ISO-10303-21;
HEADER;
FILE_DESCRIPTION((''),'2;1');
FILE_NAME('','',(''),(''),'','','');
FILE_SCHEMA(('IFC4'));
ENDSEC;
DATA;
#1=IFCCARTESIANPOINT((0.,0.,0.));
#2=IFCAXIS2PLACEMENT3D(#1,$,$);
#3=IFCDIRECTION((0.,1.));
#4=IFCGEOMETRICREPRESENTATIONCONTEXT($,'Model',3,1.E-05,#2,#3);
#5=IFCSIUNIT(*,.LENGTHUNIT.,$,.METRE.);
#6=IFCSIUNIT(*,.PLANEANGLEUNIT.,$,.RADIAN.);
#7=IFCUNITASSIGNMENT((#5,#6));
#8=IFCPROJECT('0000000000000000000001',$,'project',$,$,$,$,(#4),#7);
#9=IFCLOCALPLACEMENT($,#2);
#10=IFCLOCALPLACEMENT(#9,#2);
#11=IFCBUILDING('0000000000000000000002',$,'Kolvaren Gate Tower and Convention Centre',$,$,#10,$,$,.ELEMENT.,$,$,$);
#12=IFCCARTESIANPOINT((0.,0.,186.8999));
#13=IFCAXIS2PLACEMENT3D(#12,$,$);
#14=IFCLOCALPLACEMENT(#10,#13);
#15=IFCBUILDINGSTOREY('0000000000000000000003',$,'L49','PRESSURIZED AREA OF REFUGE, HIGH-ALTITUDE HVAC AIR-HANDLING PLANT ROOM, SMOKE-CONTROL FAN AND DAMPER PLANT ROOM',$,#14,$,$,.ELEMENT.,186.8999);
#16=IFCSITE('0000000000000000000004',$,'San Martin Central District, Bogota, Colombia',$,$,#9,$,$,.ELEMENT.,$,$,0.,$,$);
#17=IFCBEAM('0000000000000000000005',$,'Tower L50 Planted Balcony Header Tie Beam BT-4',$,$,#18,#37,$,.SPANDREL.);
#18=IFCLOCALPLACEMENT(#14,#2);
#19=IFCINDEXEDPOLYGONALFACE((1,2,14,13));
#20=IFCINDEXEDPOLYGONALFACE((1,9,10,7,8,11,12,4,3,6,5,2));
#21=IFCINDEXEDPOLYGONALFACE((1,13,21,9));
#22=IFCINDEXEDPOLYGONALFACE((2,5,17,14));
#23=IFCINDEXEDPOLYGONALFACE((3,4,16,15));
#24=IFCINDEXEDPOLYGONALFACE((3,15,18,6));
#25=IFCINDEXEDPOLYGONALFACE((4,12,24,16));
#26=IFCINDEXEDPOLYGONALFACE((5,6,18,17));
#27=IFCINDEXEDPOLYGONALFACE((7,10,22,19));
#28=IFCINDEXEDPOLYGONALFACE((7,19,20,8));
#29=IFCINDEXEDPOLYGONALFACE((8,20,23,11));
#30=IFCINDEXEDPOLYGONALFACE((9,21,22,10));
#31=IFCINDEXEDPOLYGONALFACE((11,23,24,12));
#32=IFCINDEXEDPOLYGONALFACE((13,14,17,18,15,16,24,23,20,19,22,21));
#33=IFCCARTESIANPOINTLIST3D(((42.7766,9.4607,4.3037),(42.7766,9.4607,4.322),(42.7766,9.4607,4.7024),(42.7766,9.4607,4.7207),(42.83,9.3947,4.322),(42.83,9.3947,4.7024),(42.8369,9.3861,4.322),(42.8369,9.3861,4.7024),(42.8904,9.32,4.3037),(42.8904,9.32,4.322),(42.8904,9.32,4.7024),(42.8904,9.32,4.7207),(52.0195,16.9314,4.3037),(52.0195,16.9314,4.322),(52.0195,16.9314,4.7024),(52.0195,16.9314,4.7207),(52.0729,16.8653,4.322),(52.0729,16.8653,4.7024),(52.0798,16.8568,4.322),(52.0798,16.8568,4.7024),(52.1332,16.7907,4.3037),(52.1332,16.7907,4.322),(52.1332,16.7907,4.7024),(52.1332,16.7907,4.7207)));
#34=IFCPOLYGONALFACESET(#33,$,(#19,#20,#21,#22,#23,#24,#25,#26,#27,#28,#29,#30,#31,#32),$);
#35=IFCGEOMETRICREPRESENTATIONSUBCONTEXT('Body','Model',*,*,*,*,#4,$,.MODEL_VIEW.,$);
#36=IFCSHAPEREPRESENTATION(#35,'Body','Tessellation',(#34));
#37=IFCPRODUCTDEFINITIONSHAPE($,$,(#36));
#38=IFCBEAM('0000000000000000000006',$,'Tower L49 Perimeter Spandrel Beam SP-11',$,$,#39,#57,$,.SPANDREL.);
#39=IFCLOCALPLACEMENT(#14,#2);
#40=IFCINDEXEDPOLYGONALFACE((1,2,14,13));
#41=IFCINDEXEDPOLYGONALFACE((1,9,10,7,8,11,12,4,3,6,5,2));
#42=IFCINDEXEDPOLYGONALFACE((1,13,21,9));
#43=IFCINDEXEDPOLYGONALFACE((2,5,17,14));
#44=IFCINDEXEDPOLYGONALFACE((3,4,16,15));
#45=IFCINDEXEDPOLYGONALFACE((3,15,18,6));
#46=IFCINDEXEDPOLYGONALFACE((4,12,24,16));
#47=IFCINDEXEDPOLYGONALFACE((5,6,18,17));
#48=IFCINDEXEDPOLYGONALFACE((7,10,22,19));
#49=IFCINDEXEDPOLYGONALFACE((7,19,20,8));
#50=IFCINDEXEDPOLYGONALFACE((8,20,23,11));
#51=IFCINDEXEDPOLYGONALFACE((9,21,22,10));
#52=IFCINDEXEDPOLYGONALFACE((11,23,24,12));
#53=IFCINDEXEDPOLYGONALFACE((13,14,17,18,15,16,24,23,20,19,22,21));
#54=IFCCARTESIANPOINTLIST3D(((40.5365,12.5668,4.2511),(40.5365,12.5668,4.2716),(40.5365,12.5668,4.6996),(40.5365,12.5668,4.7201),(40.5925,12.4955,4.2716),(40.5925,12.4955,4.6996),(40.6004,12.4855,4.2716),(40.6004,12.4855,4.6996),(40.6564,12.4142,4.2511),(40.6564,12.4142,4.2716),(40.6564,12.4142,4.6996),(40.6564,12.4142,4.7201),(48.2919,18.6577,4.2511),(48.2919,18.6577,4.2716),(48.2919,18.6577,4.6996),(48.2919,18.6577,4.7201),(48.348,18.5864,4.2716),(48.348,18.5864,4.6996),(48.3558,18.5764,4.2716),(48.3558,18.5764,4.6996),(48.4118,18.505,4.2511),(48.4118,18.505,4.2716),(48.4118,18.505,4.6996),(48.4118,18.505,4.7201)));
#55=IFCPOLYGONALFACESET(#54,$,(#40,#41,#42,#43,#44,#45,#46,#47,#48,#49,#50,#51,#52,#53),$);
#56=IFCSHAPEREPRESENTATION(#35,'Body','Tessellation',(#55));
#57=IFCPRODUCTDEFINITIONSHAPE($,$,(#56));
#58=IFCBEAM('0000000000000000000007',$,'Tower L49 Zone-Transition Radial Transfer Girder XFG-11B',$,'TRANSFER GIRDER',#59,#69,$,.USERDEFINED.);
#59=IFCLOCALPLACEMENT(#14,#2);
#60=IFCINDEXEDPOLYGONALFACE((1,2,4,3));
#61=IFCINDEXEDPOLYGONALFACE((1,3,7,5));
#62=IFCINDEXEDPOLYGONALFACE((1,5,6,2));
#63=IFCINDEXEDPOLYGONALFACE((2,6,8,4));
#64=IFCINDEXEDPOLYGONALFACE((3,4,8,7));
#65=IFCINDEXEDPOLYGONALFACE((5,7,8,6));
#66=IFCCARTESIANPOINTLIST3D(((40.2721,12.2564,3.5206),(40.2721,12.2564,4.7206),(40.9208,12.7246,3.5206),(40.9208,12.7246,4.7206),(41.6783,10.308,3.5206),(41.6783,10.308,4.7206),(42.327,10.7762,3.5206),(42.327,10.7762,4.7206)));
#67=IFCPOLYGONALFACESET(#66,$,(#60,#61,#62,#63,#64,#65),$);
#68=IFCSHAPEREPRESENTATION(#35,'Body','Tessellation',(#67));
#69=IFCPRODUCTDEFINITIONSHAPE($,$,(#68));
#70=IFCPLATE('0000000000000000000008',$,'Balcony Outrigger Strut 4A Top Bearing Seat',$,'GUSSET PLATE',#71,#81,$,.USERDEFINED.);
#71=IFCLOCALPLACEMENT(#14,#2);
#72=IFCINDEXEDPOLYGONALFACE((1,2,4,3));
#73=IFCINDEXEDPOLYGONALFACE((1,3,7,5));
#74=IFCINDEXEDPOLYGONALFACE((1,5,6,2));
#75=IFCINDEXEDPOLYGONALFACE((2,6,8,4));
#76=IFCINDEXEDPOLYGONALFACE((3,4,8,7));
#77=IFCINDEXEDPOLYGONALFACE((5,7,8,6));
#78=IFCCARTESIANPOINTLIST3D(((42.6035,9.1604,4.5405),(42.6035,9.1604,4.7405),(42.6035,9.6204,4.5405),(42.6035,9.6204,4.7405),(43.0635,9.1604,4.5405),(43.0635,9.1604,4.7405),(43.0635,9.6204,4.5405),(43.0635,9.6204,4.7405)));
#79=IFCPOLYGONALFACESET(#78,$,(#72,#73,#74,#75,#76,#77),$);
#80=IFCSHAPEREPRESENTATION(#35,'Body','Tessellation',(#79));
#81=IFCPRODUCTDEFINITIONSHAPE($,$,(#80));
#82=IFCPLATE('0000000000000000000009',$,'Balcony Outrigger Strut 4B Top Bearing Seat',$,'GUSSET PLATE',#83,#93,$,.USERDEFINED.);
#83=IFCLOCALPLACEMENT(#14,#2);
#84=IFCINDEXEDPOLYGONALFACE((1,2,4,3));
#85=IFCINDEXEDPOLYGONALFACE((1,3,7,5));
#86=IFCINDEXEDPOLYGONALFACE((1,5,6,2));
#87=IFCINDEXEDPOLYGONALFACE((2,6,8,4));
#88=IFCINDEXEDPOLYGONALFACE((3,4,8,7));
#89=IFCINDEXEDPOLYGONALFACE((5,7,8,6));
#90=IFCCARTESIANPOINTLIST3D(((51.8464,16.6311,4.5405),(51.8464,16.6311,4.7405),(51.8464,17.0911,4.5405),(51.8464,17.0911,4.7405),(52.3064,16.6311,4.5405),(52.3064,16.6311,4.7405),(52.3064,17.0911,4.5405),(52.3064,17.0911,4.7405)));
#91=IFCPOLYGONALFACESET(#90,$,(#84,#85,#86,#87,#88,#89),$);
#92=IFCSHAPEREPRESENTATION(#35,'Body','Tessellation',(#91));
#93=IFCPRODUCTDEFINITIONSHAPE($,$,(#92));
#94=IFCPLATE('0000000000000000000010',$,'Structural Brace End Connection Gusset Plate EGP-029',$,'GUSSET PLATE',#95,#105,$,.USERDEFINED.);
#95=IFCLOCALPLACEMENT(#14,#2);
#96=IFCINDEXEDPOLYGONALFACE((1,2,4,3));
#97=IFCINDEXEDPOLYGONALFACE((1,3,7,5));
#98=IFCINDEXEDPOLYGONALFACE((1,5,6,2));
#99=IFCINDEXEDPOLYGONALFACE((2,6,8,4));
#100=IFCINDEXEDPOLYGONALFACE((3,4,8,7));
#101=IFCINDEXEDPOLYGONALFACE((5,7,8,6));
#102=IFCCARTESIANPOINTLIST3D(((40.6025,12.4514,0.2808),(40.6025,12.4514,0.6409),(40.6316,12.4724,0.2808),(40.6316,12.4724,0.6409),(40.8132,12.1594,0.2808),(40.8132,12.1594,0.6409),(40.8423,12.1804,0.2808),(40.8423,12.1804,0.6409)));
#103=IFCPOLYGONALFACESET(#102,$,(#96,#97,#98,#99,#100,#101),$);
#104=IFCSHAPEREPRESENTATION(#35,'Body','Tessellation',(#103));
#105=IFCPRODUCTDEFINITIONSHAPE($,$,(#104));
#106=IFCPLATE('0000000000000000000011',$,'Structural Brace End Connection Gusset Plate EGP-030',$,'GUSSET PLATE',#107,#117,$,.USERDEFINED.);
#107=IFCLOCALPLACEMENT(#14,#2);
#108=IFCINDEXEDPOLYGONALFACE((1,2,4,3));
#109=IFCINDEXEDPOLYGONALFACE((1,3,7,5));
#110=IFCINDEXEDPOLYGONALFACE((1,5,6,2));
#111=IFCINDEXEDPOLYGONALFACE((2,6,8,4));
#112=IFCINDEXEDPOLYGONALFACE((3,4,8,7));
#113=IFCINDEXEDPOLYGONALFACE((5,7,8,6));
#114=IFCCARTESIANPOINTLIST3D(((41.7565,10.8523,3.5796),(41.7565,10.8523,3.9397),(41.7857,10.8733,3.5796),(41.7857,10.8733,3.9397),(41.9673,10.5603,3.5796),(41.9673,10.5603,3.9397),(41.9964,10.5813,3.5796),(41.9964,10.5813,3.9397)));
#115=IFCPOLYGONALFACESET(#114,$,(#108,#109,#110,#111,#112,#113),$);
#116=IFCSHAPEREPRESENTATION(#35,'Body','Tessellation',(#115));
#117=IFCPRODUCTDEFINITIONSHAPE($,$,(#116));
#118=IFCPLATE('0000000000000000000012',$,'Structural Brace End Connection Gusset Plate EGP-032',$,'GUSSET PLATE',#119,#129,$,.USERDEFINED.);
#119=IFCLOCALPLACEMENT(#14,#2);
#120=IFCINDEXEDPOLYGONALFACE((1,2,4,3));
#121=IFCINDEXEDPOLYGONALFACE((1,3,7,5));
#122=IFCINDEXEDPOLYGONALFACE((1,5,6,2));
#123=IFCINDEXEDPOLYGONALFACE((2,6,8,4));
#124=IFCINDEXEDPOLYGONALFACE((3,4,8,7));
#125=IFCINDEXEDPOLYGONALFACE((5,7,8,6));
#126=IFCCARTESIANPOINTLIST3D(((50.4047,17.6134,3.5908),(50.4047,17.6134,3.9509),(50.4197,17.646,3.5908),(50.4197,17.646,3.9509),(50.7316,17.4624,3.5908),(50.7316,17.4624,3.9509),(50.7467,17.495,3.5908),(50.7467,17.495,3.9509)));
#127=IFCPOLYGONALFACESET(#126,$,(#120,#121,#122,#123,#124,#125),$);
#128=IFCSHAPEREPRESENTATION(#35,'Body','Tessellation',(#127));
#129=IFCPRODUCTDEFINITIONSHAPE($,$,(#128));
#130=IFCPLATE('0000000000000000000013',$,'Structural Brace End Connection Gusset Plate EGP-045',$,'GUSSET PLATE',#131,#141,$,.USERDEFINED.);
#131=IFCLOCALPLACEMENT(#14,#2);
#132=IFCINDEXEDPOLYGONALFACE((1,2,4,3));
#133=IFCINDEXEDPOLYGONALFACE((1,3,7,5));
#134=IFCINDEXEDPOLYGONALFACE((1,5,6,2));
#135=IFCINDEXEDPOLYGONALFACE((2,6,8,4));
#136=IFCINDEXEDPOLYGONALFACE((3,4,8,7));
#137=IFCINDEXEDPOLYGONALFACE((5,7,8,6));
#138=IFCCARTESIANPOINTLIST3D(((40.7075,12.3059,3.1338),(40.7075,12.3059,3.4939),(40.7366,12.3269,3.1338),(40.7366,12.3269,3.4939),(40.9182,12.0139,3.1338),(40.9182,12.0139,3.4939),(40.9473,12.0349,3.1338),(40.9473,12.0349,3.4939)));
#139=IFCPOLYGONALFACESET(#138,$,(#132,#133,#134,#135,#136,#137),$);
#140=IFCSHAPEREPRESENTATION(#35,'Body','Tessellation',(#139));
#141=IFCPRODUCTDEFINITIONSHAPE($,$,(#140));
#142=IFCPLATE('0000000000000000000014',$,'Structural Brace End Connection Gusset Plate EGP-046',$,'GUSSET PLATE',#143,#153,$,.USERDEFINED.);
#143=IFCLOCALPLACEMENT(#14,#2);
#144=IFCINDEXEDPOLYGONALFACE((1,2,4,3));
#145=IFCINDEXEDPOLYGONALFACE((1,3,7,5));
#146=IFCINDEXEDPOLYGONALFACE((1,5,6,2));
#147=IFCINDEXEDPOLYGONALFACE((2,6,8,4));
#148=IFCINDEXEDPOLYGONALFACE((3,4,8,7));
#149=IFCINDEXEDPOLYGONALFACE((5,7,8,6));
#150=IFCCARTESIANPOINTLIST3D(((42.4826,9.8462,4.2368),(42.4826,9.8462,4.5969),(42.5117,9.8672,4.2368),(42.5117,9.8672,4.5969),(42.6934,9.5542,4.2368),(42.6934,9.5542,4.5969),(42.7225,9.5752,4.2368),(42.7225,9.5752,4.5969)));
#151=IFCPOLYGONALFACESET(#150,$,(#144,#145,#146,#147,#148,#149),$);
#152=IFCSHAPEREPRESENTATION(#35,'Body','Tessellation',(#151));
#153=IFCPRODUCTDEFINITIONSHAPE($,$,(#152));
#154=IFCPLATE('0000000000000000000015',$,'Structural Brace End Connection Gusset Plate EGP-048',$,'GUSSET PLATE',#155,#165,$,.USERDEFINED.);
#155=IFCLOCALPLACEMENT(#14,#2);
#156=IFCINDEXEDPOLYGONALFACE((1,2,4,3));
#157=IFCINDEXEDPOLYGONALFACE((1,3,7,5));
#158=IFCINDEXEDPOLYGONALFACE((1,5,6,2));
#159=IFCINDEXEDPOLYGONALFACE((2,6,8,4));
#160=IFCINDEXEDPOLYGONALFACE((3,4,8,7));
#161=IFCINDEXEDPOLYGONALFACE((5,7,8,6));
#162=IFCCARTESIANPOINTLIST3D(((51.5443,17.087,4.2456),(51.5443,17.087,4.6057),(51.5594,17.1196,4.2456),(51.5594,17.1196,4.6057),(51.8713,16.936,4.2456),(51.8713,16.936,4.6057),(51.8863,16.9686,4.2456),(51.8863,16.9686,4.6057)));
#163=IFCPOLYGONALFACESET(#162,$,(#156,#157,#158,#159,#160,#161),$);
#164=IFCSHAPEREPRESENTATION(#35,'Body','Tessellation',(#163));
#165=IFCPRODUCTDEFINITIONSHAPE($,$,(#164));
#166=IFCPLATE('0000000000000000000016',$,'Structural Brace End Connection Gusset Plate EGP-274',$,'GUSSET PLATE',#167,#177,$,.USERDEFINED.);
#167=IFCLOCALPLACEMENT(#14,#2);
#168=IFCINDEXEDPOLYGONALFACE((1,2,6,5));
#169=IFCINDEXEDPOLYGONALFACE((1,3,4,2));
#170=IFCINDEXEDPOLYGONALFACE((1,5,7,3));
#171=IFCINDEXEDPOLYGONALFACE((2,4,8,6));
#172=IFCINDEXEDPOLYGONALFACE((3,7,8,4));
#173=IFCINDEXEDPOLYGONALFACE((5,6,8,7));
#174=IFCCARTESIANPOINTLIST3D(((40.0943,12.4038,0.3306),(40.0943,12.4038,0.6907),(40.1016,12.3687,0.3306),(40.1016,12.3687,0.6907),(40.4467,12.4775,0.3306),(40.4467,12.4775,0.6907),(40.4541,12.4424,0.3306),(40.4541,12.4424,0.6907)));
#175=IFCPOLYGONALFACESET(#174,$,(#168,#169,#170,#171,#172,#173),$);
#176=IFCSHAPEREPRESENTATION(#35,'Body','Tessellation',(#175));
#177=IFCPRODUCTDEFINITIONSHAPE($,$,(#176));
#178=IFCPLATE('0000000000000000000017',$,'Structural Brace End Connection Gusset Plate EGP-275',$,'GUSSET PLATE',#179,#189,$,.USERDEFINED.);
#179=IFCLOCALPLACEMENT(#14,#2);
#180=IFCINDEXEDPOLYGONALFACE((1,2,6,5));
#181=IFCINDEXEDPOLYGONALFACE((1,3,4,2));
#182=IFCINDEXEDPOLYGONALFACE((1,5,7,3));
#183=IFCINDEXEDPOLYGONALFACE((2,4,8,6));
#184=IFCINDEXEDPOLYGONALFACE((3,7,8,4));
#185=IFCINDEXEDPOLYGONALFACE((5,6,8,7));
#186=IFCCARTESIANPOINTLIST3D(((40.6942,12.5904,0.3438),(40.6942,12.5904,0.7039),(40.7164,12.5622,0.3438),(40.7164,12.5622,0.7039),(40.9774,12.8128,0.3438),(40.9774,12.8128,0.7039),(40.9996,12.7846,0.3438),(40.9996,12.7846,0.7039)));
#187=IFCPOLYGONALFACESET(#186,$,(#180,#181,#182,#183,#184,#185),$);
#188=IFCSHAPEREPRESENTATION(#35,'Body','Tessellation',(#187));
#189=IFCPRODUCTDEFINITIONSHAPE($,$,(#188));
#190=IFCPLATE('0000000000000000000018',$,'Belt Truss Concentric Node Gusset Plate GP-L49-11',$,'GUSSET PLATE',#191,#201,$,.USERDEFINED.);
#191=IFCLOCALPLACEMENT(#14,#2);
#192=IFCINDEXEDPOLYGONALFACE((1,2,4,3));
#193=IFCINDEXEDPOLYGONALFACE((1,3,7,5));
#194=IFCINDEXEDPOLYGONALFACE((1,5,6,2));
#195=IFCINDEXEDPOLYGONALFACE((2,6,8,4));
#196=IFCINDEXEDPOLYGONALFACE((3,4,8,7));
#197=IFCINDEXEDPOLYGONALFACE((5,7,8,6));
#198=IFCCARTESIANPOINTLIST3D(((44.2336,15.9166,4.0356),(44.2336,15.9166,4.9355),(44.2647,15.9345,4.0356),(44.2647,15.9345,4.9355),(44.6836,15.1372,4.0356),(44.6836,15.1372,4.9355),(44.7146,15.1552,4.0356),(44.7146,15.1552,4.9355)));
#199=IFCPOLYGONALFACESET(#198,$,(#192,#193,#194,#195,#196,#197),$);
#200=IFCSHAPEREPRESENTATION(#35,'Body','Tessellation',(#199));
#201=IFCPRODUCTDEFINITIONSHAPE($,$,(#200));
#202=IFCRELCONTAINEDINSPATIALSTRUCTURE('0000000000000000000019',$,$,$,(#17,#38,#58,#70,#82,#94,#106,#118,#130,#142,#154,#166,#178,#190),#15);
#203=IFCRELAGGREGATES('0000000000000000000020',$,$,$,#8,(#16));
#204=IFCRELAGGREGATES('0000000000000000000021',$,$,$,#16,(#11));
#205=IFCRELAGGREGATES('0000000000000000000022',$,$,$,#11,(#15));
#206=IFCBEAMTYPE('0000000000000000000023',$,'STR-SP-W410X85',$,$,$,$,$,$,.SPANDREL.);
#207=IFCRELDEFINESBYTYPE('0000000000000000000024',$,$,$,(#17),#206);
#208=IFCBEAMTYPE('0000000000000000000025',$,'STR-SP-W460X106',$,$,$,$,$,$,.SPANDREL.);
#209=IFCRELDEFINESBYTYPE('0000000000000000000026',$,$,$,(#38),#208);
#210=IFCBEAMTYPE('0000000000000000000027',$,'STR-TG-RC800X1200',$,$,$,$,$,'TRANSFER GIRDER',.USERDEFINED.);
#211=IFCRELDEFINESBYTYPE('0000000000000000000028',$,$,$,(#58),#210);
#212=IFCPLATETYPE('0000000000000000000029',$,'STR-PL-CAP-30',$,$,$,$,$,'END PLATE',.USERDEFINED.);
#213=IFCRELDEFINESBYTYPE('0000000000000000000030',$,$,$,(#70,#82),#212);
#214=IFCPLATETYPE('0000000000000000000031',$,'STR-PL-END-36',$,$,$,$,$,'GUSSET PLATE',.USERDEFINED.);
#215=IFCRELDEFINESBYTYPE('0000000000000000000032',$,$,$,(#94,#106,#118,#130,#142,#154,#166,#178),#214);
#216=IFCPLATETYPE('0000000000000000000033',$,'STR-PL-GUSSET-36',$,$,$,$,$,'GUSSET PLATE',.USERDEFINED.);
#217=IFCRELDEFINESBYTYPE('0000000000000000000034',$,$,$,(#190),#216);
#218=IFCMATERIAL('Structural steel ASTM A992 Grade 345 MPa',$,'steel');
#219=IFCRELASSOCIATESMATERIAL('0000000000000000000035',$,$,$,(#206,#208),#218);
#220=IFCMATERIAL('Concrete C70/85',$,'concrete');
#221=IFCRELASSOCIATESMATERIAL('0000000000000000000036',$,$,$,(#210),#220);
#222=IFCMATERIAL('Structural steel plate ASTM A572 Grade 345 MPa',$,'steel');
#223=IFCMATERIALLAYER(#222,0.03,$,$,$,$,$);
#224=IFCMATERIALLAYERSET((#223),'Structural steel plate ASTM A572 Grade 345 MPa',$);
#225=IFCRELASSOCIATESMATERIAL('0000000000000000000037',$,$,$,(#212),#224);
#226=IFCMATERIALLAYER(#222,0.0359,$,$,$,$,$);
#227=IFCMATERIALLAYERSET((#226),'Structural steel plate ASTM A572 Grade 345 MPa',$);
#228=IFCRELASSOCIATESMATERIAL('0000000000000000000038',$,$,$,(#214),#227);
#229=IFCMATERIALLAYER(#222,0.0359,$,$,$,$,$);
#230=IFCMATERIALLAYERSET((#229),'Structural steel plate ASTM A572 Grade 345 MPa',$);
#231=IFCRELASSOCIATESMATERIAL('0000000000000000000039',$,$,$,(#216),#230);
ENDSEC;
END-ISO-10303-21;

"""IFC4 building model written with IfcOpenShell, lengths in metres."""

from ifc_helpers import new_model, si_unit, direction, frame, origin, origin_2d, place, context, subcontext, project, spatial, rectangle, i_section, extrude, material, layer, layer_set, material_profile, profile_set, type_object, element, save


model = new_model("IFC4")

# Units and contexts
model_context = context("Model", 3, precision=1e-05, world=origin(), true_north=direction((0.0, 1.0)))
body_context = subcontext(model_context, "Body", "Model", "MODEL_VIEW")
ifc_project = project(units=[si_unit("LENGTHUNIT", "METRE"), si_unit("PLANEANGLEUNIT", "RADIAN")], contexts=[model_context])

# Site, building, storey
site_placement = place(None, origin())
site = spatial("IfcSite", under=ifc_project, at=site_placement, Name="San Martin Central District, Bogota, Colombia", CompositionType="ELEMENT", RefElevation=0.0)
building_placement = place(site_placement, origin())
building = spatial("IfcBuilding", under=site, at=building_placement, Name="Kolvaren Gate Tower and Convention Centre", CompositionType="ELEMENT")
storey_placement = place(building_placement, frame((0.0, 0.0, 186.8999)))
storey = spatial("IfcBuildingStorey", under=building, at=storey_placement, Name="L49", Description="PRESSURIZED AREA OF REFUGE, HIGH-ALTITUDE HVAC AIR-HANDLING PLANT ROOM, SMOKE-CONTROL FAN AND DAMPER PLANT ROOM", CompositionType="ELEMENT", Elevation=186.8999)

# Shared definitions
ifc_material_1 = material(Name="Structural steel ASTM A992 Grade 345 MPa", Category="steel")

# Beams
ifc_material_profile_1 = material_profile(ifc_material_1, i_section(OverallWidth=0.1809, OverallDepth=0.417, WebThickness=0.011, FlangeThickness=0.0183, at=origin_2d()), Name="W410X85")
ifc_profile_set_1 = profile_set([ifc_material_profile_1], Name="Structural steel ASTM A992 Grade 345 MPa")
beam_type_1 = type_object("IfcBeamType", Name="STR-SP-W410X85", PredefinedType="SPANDREL", material=ifc_profile_set_1)
beam_1_placement = place(storey_placement, frame((42.8335, 9.3904, 4.5122), z_axis=(0.777724, 0.628605, 0.0), x_axis=(-0.628605, 0.777724, 0.0)))
element("IfcBeam", 1, at=beam_1_placement, inside=storey, type_object=beam_type_1, Name="Tower L50 Planted Balcony Header Tie Beam BT-4", PredefinedType="SPANDREL", context=body_context, shape_type="SweptSolid", body=[
    extrude(i_section(OverallWidth=0.1809, OverallDepth=0.417, WebThickness=0.011, FlangeThickness=0.0183, at=origin_2d()), origin(), (0.0, 0.0, 1.0), 11.8845),
])
ifc_material_profile_2 = material_profile(ifc_material_1, i_section(OverallWidth=0.1941, OverallDepth=0.469, WebThickness=0.0127, FlangeThickness=0.0205, at=origin_2d()), Name="W460X106")
ifc_profile_set_2 = profile_set([ifc_material_profile_2], Name="Structural steel ASTM A992 Grade 345 MPa")
beam_type_2 = type_object("IfcBeamType", Name="STR-SP-W460X106", PredefinedType="SPANDREL", material=ifc_profile_set_2)
beam_2_placement = place(storey_placement, frame((40.5964, 12.4905, 4.4856), z_axis=(0.786451, 0.617653, 0.0), x_axis=(-0.617653, 0.786451, 0.0)))
element("IfcBeam", 2, at=beam_2_placement, inside=storey, type_object=beam_type_2, Name="Tower L49 Perimeter Spandrel Beam SP-11", PredefinedType="SPANDREL", context=body_context, shape_type="SweptSolid", body=[
    extrude(i_section(OverallWidth=0.1941, OverallDepth=0.469, WebThickness=0.0127, FlangeThickness=0.0205, at=origin_2d()), origin(), (0.0, 0.0, 1.0), 9.8613),
])
ifc_material_2 = material(Name="Concrete C70/85", Category="concrete")
ifc_material_profile_3 = material_profile(ifc_material_2, rectangle(XDim=0.8, YDim=1.2, at=origin_2d()), Name="RC-BM-800X1200")
ifc_profile_set_3 = profile_set([ifc_material_profile_3], Name="Concrete C70/85")
beam_type_3 = type_object("IfcBeamType", Name="STR-TG-RC800X1200", ElementType="TRANSFER GIRDER", PredefinedType="USERDEFINED", material=ifc_profile_set_3)
beam_3_placement = place(storey_placement, frame((40.5964, 12.4905, 4.1206), z_axis=(0.58522, -0.810875, 0.0), x_axis=(0.810875, 0.58522, 0.0)))
element("IfcBeam", 3, at=beam_3_placement, inside=storey, type_object=beam_type_3, Name="Tower L49 Zone-Transition Radial Transfer Girder XFG-11B", ObjectType="TRANSFER GIRDER", PredefinedType="USERDEFINED", context=body_context, shape_type="SweptSolid", body=[
    extrude(rectangle(XDim=0.8, YDim=1.2, at=origin_2d()), origin(), (0.0, 0.0, 1.0), 2.4028),
])

# Plates
ifc_material_3 = material(Name="Structural steel plate ASTM A572 Grade 345 MPa", Category="steel")
ifc_layer_1 = layer(ifc_material_3, 0.03)
ifc_layer_set_1 = layer_set([ifc_layer_1], Name="Structural steel plate ASTM A572 Grade 345 MPa")
plate_type_1 = type_object("IfcPlateType", Name="STR-PL-CAP-30", ElementType="END PLATE", PredefinedType="USERDEFINED", material=ifc_layer_set_1)
for number, where, z_axis, x_axis, name in (
    (4, (42.8335, 9.3904, 4.5405), (0.0, 0.0, 1.0), (1.0, 0.0, 0.0), "Balcony Outrigger Strut 4A Top Bearing Seat"),
    (5, (52.0764, 16.8611, 4.5405), (0.0, 0.0, 1.0), (1.0, 0.0, 0.0), "Balcony Outrigger Strut 4B Top Bearing Seat"),
):
    element("IfcPlate", number, at=place(storey_placement, frame(where, z_axis=z_axis, x_axis=x_axis)), inside=storey, type_object=plate_type_1, Name=name, ObjectType="GUSSET PLATE", PredefinedType="USERDEFINED", context=body_context, shape_type="SweptSolid", body=[
        extrude(rectangle(XDim=0.46, YDim=0.46, at=origin_2d()), origin(), (0.0, 0.0, 1.0), 0.2),
    ])
ifc_layer_2 = layer(ifc_material_3, 0.0359)
ifc_layer_set_2 = layer_set([ifc_layer_2], Name="Structural steel plate ASTM A572 Grade 345 MPa")
plate_type_2 = type_object("IfcPlateType", Name="STR-PL-END-36", ElementType="GUSSET PLATE", PredefinedType="USERDEFINED", material=ifc_layer_set_2)
for number, where, z_axis, x_axis, name in (
    (6, (40.7224, 12.3159, 0.2808), (0.0, 0.0, 1.0), (0.585184, -0.8109, 0.0), "Structural Brace End Connection Gusset Plate EGP-029"),
    (7, (41.8765, 10.7168, 3.5796), (0.0, 0.0, 1.0), (0.585184, -0.8109, 0.0), "Structural Brace End Connection Gusset Plate EGP-030"),
    (8, (50.5757, 17.5542, 3.5908), (0.0, 0.0, 1.0), (0.907842, -0.419313, 0.0), "Structural Brace End Connection Gusset Plate EGP-032"),
    (9, (40.8274, 12.1704, 3.1338), (0.0, 0.0, 1.0), (0.585188, -0.810897, 0.0), "Structural Brace End Connection Gusset Plate EGP-045"),
    (10, (42.6025, 9.7107, 4.2368), (0.0, 0.0, 1.0), (0.585188, -0.810897, 0.0), "Structural Brace End Connection Gusset Plate EGP-046"),
    (11, (51.7153, 17.0278, 4.2456), (0.0, 0.0, 1.0), (0.907843, -0.419311, 0.0), "Structural Brace End Connection Gusset Plate EGP-048"),
    (12, (40.2742, 12.4231, 0.3306), (0.0, 0.0, 1.0), (-0.978811, -0.204766, 0.0), "Structural Brace End Connection Gusset Plate EGP-274"),
    (13, (40.8469, 12.6875, 0.3438), (0.0, 0.0, 1.0), (0.786452, 0.617651, 0.0), "Structural Brace End Connection Gusset Plate EGP-275"),
):
    element("IfcPlate", number, at=place(storey_placement, frame(where, z_axis=z_axis, x_axis=x_axis)), inside=storey, type_object=plate_type_2, Name=name, ObjectType="GUSSET PLATE", PredefinedType="USERDEFINED", context=body_context, shape_type="SweptSolid", body=[
        extrude(rectangle(XDim=0.3601, YDim=0.0359, at=origin_2d()), origin(), (0.0, 0.0, 1.0), 0.3601),
    ])
ifc_layer_3 = layer(ifc_material_3, 0.0359)
ifc_layer_set_3 = layer_set([ifc_layer_3], Name="Structural steel plate ASTM A572 Grade 345 MPa")
plate_type_3 = type_object("IfcPlateType", Name="STR-PL-GUSSET-36", ElementType="GUSSET PLATE", PredefinedType="USERDEFINED", material=ifc_layer_set_3)
plate_placement = place(storey_placement, frame((44.4741, 15.5359, 4.0356), z_axis=(0.0, 0.0, 1.0), x_axis=(0.5, -0.866025, 0.0)))
element("IfcPlate", 14, at=plate_placement, inside=storey, type_object=plate_type_3, Name="Belt Truss Concentric Node Gusset Plate GP-L49-11", ObjectType="GUSSET PLATE", PredefinedType="USERDEFINED", context=body_context, shape_type="SweptSolid", body=[
    extrude(rectangle(XDim=0.8999, YDim=0.0359, at=origin_2d()), origin(), (0.0, 0.0, 1.0), 0.8999),
])

save(model, "model.ifc")
